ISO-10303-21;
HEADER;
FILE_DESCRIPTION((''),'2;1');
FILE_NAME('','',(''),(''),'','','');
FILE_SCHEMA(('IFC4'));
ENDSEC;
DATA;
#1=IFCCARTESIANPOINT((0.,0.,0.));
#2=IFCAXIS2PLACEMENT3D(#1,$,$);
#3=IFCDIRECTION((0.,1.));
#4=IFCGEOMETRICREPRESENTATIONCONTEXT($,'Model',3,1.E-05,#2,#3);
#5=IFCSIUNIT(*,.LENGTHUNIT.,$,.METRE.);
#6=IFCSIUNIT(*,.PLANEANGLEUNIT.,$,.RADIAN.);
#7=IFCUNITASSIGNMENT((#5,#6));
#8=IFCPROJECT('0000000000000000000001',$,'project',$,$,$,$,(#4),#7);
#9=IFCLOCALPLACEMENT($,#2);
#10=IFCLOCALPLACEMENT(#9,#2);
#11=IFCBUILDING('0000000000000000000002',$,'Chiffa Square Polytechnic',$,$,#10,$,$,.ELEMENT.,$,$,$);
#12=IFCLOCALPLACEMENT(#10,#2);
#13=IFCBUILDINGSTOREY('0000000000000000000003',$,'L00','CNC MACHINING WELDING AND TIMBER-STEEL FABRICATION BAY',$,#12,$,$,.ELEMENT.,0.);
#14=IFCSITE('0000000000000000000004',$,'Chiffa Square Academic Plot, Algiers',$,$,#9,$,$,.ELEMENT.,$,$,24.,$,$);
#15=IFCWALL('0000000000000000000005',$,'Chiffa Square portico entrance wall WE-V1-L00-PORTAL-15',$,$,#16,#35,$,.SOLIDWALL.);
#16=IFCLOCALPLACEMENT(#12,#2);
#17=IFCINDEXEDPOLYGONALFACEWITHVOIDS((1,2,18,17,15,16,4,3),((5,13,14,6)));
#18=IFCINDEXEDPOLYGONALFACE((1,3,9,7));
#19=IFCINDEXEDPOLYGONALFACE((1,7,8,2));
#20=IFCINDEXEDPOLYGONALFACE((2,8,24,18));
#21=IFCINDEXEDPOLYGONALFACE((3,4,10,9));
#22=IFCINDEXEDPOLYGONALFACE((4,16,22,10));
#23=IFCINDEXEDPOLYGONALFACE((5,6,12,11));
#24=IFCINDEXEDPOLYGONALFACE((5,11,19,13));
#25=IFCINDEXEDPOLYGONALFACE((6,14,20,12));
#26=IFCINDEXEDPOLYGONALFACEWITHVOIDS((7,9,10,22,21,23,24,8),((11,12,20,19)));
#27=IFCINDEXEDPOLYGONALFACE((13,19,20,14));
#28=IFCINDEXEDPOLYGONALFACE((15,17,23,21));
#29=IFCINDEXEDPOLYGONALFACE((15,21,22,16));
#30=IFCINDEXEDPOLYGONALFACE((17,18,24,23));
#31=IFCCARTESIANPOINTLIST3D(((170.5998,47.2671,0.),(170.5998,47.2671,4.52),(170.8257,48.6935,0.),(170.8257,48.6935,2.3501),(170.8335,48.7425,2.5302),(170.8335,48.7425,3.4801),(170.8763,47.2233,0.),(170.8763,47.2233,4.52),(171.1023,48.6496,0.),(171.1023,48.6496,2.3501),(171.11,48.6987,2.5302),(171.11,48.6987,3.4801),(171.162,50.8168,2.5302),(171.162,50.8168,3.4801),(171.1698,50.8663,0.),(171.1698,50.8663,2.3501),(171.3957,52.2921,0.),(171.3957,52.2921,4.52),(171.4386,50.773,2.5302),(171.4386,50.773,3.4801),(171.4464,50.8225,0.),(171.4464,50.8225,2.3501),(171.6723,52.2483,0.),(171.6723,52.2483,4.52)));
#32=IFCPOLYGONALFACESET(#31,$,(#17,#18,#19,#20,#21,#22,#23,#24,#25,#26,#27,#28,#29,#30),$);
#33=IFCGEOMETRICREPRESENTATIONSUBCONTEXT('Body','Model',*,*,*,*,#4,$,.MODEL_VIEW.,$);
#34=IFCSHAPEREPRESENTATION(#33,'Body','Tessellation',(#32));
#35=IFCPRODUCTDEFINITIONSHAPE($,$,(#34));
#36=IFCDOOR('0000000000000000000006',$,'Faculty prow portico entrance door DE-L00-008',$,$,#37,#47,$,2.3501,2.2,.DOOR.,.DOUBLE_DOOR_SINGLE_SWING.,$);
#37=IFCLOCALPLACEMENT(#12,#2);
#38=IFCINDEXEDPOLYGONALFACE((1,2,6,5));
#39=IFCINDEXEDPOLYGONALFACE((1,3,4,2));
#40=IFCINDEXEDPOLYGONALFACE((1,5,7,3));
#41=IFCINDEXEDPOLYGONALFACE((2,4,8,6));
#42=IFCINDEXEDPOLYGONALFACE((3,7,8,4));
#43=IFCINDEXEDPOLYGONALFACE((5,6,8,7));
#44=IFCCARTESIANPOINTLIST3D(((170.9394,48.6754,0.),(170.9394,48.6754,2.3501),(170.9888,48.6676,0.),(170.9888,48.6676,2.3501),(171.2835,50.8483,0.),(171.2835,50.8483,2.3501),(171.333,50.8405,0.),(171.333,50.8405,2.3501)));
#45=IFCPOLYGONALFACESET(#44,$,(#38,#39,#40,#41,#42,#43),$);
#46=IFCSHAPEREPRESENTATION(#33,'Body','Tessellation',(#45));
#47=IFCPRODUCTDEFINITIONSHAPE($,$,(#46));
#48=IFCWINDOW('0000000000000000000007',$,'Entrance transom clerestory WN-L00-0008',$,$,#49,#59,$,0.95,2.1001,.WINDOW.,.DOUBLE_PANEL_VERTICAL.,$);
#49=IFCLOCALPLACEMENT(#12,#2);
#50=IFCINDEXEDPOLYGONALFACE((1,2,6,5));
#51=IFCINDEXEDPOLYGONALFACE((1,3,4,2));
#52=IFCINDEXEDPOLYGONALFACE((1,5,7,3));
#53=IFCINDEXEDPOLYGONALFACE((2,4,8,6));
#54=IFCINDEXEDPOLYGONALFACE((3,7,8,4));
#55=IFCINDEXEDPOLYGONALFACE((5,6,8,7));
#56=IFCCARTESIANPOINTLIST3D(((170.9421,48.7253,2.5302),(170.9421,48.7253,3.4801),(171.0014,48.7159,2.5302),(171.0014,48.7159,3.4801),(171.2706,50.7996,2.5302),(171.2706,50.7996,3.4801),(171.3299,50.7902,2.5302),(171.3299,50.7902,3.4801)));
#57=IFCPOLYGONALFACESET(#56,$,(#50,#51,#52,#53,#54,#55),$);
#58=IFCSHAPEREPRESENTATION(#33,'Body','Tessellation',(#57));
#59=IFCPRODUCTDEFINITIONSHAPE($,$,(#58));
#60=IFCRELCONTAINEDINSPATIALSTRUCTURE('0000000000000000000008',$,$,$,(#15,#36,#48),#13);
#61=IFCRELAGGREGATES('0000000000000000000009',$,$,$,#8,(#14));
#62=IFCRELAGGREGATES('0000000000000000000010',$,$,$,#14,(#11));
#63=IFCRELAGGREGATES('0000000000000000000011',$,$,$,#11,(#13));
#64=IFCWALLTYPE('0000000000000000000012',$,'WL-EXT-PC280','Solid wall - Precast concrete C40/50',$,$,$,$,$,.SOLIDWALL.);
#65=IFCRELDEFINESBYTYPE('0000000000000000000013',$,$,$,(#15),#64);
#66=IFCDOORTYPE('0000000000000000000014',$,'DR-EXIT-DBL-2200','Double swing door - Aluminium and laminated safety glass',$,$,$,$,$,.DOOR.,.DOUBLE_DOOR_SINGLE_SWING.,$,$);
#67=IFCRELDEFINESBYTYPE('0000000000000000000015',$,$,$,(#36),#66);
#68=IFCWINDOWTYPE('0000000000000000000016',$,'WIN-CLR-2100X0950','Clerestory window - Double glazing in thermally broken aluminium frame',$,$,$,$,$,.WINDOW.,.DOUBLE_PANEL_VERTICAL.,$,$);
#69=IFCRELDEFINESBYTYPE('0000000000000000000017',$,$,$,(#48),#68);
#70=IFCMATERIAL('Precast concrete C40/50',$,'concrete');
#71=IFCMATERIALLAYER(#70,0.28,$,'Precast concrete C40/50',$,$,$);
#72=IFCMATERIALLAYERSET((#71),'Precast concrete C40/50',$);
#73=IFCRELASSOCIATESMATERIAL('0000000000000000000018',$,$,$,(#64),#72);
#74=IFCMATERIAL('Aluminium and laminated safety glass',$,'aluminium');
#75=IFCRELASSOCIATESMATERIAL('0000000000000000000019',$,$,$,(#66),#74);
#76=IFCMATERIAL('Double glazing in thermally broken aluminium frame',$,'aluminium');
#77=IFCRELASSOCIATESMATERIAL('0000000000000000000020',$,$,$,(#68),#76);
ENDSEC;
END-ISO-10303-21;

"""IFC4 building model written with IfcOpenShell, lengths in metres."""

from ifc_helpers import new_model, si_unit, direction, frame, frame_2d, origin, place, context, subcontext, project, spatial, rectangle, extrude, material, layer, layer_set, type_object, element, fill, save


model = new_model("IFC4")

# Units and contexts
model_context = context("Model", 3, precision=1e-05, world=origin(), true_north=direction((0.0, 1.0)))
body_context = subcontext(model_context, "Body", "Model", "MODEL_VIEW")
ifc_project = project(units=[si_unit("LENGTHUNIT", "METRE"), si_unit("PLANEANGLEUNIT", "RADIAN")], contexts=[model_context])

# Site, building, storey
site_placement = place(None, origin())
site = spatial("IfcSite", under=ifc_project, at=site_placement, Name="Chiffa Square Academic Plot, Algiers", CompositionType="ELEMENT", RefElevation=24.0)
building_placement = place(site_placement, origin())
building = spatial("IfcBuilding", under=site, at=building_placement, Name="Chiffa Square Polytechnic", CompositionType="ELEMENT")
storey_placement = place(building_placement, origin())
storey = spatial("IfcBuildingStorey", under=building, at=storey_placement, Name="L00", Description="CNC MACHINING WELDING AND TIMBER-STEEL FABRICATION BAY", CompositionType="ELEMENT", Elevation=0.0)

# Wall, openings, door, window
ifc_material_1 = material(Name="Precast concrete C40/50", Category="concrete")
ifc_layer_1 = layer(ifc_material_1, 0.28, Name="Precast concrete C40/50")
ifc_layer_set_1 = layer_set([ifc_layer_1], Name="Precast concrete C40/50")
wall_type = type_object("IfcWallType", Name="WL-EXT-PC280", Description="Solid wall - Precast concrete C40/50", PredefinedType="SOLIDWALL", material=ifc_layer_set_1)
wall_placement = place(storey_placement, frame((170.738, 47.2451, 0.0), z_axis=(0.0, 0.0, 1.0), x_axis=(0.156441, 0.987687, 0.0)))
wall = element("IfcWall", 1, at=wall_placement, inside=storey, type_object=wall_type, Name="Chiffa Square portico entrance wall WE-V1-L00-PORTAL-15", PredefinedType="SOLIDWALL", context=body_context, shape_type="SweptSolid", body=[
    extrude(rectangle(XDim=5.0876, YDim=0.28, at=frame_2d((2.5439, 0.0))), origin(), (0.0, 0.0, 1.0), 4.52),
])
opening_1_placement = place(wall_placement, frame((1.4441, 0.0, 0.0)))
opening_1 = element("IfcOpeningElement", 2, at=opening_1_placement, cuts=wall, PredefinedType="OPENING", context=body_context, shape_type="SweptSolid", body=[
    extrude(rectangle(XDim=2.2, YDim=2.3501, at=frame_2d((1.1001, 1.175))), frame((0.0, 0.1499, 0.0), z_axis=(0.0, -1.0, 0.0), x_axis=(1.0, 0.0, 0.0)), (0.0, 0.0, 1.0), 0.3),
])
opening_2_placement = place(wall_placement, frame((1.4939, 0.0, 2.53)))
opening_2 = element("IfcOpeningElement", 3, at=opening_2_placement, cuts=wall, PredefinedType="OPENING", context=body_context, shape_type="SweptSolid", body=[
    extrude(rectangle(XDim=2.1001, YDim=0.95, at=frame_2d((1.05, 0.4751))), frame((0.0, 0.1499, 0.0), z_axis=(0.0, -1.0, 0.0), x_axis=(1.0, 0.0, 0.0)), (0.0, 0.0, 1.0), 0.3),
])
ifc_material_2 = material(Name="Aluminium and laminated safety glass", Category="aluminium")
door_type = type_object("IfcDoorType", Name="DR-EXIT-DBL-2200", Description="Double swing door - Aluminium and laminated safety glass", OperationType="DOUBLE_DOOR_SINGLE_SWING", PredefinedType="DOOR", material=ifc_material_2)
door_placement = place(opening_1_placement, origin())
door = element("IfcDoor", 4, at=door_placement, inside=storey, type_object=door_type, Name="Faculty prow portico entrance door DE-L00-008", OperationType="DOUBLE_DOOR_SINGLE_SWING", OverallHeight=2.3501, OverallWidth=2.2, PredefinedType="DOOR", context=body_context, shape_type="SweptSolid", body=[
    extrude(rectangle(XDim=2.2, YDim=2.3501, at=frame_2d((1.1001, 1.175))), frame((0.0, 0.0249, 0.0), z_axis=(0.0, -1.0, 0.0), x_axis=(1.0, 0.0, 0.0)), (0.0, 0.0, 1.0), 0.05),
])
fill(opening_1, door)
ifc_material_3 = material(Name="Double glazing in thermally broken aluminium frame", Category="aluminium")
window_type = type_object("IfcWindowType", Name="WIN-CLR-2100X0950", Description="Clerestory window - Double glazing in thermally broken aluminium frame", PartitioningType="DOUBLE_PANEL_VERTICAL", PredefinedType="WINDOW", material=ifc_material_3)
window_placement = place(opening_2_placement, origin())
window = element("IfcWindow", 5, at=window_placement, inside=storey, type_object=window_type, Name="Entrance transom clerestory WN-L00-0008", OverallHeight=0.95, OverallWidth=2.1001, PartitioningType="DOUBLE_PANEL_VERTICAL", PredefinedType="WINDOW", context=body_context, shape_type="SweptSolid", body=[
    extrude(rectangle(XDim=2.1001, YDim=0.95, at=frame_2d((1.05, 0.4751))), frame((0.0, 0.03, 0.0), z_axis=(0.0, -1.0, 0.0), x_axis=(1.0, 0.0, 0.0)), (0.0, 0.0, 1.0), 0.0601),
])
fill(opening_2, window)

save(model, "model.ifc")
